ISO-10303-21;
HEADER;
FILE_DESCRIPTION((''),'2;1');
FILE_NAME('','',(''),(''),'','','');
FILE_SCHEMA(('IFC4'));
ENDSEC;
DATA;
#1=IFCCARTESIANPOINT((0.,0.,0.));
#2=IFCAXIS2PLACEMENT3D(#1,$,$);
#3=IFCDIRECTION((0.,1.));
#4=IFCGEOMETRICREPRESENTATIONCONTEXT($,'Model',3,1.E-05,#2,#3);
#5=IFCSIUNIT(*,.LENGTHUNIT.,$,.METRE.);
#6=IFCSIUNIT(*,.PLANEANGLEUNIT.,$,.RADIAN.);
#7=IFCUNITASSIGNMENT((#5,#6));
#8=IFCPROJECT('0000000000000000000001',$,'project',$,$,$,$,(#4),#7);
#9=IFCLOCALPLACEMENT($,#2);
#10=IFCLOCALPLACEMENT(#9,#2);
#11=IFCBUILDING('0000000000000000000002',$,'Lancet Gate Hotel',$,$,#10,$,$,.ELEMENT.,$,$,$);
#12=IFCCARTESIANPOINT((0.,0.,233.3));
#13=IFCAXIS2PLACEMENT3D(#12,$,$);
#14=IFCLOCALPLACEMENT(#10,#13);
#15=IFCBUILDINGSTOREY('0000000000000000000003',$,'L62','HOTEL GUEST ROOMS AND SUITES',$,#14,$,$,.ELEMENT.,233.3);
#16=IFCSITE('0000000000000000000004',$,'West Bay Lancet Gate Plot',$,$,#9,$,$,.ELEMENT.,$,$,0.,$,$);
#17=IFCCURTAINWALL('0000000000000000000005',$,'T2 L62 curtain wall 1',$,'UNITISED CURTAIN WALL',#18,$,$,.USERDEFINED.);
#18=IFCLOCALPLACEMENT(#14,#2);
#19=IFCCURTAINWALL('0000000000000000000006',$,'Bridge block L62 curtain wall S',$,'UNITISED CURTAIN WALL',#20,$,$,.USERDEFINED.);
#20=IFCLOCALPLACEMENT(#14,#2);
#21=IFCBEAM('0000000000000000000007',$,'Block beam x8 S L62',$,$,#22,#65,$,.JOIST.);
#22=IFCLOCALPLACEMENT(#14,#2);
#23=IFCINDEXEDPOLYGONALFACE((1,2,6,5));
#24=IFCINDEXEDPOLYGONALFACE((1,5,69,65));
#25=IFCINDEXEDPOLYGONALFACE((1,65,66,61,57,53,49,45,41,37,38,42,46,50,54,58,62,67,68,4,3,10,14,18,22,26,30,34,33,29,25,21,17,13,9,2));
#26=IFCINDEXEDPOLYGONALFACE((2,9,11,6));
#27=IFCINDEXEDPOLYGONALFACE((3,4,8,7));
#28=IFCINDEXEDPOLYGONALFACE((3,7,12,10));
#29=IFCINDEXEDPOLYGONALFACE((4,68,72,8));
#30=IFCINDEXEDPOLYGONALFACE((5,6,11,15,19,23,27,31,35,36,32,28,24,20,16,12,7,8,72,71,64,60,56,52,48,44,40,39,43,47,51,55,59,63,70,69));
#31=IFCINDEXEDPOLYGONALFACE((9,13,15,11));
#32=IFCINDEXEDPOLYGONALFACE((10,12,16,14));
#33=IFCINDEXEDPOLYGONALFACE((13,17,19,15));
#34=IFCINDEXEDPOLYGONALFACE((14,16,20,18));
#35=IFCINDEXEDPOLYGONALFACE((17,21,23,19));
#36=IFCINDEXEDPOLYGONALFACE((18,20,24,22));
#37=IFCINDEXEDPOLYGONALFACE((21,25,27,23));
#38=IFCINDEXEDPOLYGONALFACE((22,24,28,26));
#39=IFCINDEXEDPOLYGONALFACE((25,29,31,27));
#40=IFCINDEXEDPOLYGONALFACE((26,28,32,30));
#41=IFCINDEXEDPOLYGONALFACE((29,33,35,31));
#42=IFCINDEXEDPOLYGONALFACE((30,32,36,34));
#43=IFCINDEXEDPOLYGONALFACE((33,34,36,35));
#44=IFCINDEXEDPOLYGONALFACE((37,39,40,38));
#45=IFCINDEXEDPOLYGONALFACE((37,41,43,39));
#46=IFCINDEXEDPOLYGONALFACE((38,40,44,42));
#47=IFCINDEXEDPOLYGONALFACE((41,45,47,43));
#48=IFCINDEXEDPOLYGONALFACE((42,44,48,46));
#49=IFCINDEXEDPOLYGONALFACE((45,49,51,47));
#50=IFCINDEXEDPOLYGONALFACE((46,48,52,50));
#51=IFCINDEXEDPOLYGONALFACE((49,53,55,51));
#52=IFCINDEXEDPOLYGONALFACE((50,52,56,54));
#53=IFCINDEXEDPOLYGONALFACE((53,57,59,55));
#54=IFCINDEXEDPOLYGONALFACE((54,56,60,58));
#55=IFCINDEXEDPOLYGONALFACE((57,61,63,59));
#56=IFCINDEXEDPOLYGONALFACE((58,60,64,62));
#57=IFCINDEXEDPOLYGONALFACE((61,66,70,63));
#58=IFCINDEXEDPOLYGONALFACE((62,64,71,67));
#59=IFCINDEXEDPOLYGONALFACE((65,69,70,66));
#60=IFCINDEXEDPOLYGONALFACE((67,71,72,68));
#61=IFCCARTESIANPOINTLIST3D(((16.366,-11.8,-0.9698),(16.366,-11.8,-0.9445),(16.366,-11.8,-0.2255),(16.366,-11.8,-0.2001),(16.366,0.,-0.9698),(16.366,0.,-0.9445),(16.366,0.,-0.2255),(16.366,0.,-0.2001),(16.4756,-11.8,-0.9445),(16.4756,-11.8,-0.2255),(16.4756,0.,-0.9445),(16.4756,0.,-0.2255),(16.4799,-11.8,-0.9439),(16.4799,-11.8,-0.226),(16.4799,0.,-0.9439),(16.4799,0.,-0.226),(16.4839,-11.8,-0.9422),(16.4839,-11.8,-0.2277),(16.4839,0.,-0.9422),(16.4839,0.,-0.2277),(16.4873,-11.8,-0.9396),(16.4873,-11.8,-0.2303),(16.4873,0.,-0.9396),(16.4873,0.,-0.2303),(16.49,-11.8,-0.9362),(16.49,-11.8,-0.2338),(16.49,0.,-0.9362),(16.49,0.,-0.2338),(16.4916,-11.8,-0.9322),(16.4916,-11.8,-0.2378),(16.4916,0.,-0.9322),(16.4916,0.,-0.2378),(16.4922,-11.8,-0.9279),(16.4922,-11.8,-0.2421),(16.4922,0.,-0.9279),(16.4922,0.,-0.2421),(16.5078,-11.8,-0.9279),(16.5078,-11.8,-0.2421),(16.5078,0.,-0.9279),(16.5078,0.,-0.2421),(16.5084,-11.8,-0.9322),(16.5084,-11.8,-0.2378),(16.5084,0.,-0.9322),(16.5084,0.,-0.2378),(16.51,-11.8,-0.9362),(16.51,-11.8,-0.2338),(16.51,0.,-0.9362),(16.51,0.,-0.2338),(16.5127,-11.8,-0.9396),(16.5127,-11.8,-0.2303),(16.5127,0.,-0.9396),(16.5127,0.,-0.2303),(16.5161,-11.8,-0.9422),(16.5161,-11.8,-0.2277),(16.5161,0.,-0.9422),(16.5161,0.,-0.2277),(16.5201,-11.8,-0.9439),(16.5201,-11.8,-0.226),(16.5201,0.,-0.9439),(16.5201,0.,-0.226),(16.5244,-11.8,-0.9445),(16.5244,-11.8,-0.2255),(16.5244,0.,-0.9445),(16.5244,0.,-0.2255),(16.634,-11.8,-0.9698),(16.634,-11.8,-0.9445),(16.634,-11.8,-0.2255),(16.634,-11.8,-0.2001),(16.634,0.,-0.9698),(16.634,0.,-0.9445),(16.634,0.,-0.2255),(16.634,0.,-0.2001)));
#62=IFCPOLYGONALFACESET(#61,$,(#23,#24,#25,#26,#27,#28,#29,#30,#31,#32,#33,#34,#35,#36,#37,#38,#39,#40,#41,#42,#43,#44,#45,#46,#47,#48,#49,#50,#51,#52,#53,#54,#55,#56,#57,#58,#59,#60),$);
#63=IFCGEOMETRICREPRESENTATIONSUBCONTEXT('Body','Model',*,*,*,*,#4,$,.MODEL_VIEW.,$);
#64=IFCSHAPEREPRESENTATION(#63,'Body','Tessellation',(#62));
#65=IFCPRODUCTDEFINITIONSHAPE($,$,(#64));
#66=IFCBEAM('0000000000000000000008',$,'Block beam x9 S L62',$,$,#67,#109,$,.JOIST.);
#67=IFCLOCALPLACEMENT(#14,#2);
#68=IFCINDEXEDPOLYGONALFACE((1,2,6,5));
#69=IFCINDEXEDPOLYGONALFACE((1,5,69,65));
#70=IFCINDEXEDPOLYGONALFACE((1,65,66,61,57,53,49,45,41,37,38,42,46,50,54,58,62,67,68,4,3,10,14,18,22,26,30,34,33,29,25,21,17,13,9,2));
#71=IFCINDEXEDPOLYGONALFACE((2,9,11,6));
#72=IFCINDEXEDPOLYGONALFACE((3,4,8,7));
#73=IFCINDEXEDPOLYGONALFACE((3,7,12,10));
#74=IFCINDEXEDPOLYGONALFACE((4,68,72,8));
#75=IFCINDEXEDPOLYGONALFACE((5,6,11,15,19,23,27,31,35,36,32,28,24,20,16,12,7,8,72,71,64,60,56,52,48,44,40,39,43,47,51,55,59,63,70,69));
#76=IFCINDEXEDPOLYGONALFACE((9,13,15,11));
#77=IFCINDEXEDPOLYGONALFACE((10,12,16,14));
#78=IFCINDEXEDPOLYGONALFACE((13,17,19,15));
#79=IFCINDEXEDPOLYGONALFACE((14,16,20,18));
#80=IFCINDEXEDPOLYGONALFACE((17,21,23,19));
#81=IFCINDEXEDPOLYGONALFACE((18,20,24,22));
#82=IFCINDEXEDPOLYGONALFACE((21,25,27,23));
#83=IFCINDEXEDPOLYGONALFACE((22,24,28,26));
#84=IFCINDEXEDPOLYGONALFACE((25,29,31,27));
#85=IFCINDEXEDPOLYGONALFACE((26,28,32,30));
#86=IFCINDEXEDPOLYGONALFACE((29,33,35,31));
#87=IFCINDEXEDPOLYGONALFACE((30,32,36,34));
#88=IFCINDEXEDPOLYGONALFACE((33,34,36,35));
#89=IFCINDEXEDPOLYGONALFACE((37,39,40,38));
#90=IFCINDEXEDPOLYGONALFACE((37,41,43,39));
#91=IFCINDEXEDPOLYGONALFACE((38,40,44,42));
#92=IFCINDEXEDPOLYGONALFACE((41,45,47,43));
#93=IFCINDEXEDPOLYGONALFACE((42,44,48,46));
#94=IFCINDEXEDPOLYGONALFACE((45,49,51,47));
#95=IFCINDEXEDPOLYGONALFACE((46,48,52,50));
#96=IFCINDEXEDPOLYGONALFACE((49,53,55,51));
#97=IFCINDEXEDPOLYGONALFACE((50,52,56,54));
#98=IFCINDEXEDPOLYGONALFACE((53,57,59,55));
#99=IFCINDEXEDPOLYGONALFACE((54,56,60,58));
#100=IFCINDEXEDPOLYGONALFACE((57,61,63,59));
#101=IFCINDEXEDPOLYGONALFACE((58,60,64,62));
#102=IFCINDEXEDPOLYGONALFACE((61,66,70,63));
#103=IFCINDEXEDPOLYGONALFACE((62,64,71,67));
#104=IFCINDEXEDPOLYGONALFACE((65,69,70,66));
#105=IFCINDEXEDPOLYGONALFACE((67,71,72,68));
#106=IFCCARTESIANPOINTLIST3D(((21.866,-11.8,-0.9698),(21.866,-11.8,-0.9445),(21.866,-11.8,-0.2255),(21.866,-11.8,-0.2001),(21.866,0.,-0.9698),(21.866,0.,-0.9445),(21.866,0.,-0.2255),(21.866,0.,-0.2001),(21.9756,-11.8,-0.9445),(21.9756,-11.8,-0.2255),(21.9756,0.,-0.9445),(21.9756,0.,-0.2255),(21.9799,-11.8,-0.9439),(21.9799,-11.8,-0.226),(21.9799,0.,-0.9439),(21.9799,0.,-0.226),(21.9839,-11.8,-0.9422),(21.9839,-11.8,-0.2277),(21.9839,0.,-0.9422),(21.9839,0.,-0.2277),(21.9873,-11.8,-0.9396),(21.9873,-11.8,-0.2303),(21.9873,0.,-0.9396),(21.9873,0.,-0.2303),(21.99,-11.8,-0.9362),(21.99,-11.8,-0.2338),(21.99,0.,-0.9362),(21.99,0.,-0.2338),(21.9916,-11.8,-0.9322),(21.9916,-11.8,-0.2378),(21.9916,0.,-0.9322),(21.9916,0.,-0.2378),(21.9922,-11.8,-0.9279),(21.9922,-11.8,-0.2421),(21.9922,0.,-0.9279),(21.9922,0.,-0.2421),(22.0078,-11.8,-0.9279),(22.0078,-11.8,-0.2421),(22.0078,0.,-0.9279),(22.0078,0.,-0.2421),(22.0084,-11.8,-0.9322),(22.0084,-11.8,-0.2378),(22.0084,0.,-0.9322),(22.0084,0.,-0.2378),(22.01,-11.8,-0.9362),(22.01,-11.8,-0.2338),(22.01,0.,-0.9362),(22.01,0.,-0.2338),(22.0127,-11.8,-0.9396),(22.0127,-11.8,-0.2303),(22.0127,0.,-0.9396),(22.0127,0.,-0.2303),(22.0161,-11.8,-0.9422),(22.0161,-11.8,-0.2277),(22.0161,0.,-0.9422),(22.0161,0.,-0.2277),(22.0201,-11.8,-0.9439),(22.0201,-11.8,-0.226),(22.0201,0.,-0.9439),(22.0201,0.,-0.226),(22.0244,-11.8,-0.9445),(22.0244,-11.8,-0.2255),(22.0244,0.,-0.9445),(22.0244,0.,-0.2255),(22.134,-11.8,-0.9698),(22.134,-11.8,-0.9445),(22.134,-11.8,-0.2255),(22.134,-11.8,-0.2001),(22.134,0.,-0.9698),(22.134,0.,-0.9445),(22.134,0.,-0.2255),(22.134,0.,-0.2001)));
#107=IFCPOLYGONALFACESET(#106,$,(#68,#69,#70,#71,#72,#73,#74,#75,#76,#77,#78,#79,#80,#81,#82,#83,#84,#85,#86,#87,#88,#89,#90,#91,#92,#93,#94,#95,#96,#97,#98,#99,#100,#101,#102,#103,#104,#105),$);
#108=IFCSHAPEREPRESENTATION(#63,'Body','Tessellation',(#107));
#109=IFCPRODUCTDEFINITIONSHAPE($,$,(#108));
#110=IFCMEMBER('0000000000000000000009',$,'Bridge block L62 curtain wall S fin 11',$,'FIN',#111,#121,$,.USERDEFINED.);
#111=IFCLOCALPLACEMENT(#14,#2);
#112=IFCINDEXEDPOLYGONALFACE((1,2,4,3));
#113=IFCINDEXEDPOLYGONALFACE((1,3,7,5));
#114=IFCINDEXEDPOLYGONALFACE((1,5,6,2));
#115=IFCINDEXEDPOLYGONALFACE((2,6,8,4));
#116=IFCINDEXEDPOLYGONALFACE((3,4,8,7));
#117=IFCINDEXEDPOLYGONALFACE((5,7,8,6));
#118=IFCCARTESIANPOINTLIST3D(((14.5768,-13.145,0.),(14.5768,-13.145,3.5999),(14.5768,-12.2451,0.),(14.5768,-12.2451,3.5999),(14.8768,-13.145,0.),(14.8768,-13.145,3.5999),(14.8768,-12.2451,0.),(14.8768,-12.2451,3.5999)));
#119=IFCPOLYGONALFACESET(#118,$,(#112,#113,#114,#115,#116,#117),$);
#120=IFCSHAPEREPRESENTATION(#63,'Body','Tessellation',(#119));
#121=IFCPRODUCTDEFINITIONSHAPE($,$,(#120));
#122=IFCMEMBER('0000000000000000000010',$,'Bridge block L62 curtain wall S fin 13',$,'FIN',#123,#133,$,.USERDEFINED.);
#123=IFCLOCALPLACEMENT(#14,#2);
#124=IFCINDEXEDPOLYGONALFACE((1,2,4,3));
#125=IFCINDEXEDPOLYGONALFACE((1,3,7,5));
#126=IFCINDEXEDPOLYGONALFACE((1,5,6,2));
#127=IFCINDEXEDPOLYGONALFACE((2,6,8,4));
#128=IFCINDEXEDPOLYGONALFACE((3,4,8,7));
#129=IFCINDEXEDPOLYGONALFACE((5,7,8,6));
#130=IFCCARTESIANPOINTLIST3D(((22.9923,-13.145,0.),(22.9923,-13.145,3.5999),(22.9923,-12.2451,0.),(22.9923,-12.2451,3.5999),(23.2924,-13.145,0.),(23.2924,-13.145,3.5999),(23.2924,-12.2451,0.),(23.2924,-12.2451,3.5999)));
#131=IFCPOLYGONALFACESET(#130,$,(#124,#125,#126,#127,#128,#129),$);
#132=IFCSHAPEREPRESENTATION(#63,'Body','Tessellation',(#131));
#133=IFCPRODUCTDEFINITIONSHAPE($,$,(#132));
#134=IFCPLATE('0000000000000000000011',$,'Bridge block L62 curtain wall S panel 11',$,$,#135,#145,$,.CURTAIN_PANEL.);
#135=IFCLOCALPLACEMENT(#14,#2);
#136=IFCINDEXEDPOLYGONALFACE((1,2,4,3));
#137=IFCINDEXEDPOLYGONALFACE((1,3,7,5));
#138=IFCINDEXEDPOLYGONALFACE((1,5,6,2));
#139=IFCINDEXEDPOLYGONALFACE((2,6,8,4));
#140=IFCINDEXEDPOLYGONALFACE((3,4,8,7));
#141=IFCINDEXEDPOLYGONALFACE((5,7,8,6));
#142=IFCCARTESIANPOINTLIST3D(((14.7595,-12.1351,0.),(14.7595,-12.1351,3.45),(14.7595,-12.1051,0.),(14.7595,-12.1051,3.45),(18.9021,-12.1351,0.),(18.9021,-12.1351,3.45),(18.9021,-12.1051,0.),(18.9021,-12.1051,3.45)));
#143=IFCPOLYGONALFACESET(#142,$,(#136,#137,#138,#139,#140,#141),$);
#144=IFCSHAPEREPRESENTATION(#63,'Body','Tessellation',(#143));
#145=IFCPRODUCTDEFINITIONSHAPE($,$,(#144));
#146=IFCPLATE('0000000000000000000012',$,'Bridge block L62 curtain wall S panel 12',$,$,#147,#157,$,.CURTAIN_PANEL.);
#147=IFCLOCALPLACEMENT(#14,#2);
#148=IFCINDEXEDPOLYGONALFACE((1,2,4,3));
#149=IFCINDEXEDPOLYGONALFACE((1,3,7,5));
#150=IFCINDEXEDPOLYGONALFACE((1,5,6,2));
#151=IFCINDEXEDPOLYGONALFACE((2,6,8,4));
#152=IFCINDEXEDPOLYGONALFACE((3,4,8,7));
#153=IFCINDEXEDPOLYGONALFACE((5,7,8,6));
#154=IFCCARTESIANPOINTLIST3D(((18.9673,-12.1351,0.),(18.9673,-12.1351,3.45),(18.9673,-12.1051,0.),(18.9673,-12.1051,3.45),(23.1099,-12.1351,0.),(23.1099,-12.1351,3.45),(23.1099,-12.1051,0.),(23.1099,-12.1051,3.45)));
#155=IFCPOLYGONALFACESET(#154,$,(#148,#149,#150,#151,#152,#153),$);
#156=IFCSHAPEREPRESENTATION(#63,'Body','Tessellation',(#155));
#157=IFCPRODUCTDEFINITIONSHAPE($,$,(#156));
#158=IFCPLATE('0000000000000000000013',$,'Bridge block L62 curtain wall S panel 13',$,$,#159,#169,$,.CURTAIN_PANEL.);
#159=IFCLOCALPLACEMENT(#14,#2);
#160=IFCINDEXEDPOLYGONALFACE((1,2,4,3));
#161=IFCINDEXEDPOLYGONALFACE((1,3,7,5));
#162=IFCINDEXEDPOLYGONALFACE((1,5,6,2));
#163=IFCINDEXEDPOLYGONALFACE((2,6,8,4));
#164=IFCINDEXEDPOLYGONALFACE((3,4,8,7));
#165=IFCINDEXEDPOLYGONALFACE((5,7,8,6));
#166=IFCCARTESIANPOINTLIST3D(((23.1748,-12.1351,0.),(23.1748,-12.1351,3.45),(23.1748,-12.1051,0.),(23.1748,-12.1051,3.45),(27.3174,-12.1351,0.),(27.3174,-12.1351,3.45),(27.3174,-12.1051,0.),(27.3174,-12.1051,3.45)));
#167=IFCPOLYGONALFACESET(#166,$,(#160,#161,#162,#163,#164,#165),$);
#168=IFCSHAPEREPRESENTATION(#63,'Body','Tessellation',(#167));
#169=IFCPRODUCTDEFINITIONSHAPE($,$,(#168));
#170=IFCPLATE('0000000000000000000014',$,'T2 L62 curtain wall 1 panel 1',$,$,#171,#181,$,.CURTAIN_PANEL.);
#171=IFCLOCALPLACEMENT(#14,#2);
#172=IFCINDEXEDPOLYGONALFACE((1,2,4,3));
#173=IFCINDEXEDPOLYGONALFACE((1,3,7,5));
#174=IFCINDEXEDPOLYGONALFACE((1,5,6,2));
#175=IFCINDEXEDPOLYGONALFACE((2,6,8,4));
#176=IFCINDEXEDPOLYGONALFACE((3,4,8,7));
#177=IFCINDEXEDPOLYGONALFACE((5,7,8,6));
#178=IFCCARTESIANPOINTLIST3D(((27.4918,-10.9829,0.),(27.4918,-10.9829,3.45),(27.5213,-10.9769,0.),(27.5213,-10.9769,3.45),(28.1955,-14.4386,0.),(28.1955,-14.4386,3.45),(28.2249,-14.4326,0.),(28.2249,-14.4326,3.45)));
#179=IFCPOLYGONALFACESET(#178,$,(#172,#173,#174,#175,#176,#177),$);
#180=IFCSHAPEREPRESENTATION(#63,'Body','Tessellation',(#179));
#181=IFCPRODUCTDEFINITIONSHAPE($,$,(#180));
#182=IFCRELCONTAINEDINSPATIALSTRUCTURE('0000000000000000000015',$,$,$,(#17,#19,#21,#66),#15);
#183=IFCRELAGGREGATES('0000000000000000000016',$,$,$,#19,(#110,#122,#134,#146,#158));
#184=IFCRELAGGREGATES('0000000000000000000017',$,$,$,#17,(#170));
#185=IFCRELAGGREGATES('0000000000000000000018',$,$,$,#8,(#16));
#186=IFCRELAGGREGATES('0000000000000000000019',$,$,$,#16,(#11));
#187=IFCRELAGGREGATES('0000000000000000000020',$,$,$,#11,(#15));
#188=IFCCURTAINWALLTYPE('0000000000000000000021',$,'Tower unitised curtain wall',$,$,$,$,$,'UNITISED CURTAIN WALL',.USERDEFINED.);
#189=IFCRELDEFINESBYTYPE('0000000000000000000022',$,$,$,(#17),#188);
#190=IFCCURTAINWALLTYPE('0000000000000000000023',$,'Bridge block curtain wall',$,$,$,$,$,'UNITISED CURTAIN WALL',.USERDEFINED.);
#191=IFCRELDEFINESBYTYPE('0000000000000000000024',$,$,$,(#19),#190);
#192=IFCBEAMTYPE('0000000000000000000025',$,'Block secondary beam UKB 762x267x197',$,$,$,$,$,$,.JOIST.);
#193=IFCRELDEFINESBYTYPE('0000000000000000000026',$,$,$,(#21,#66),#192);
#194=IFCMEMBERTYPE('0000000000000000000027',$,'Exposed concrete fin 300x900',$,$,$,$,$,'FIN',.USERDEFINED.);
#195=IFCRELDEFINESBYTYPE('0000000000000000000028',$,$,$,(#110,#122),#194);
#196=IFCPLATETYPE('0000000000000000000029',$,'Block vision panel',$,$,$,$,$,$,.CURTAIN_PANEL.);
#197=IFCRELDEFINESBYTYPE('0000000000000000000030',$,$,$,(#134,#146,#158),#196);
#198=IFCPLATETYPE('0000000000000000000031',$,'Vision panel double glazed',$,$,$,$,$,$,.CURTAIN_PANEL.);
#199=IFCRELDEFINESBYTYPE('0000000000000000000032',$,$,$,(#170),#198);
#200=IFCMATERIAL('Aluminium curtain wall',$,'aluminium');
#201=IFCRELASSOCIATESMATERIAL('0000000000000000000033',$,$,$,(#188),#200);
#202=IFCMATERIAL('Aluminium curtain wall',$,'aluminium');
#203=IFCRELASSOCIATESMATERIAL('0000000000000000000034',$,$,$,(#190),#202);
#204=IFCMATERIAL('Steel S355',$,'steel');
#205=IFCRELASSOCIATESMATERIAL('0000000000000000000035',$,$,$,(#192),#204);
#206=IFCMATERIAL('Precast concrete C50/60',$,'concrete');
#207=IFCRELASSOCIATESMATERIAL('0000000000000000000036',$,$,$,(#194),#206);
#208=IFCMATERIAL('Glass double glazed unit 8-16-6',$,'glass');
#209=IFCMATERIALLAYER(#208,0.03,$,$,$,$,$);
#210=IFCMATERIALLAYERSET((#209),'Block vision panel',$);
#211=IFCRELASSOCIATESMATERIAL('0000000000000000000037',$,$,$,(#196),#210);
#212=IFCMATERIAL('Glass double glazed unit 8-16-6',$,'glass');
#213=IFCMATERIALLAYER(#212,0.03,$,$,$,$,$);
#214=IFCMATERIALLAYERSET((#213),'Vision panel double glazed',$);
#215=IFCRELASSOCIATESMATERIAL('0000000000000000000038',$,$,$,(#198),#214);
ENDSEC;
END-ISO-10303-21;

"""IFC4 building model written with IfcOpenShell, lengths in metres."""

from ifc_helpers import new_model, si_unit, direction, frame, origin, origin_2d, place, context, subcontext, project, spatial, rectangle, i_section, extrude, material, layer, layer_set, material_profile, profile_set, type_object, element, aggregate, save


model = new_model("IFC4")

# Units and contexts
model_context = context("Model", 3, precision=1e-05, world=origin(), true_north=direction((0.0, 1.0)))
body_context = subcontext(model_context, "Body", "Model", "MODEL_VIEW")
ifc_project = project(units=[si_unit("LENGTHUNIT", "METRE"), si_unit("PLANEANGLEUNIT", "RADIAN")], contexts=[model_context])

# Site, building, storey
site_placement = place(None, origin())
site = spatial("IfcSite", under=ifc_project, at=site_placement, Name="West Bay Lancet Gate Plot", CompositionType="ELEMENT", RefElevation=0.0)
building_placement = place(site_placement, origin())
building = spatial("IfcBuilding", under=site, at=building_placement, Name="Lancet Gate Hotel", CompositionType="ELEMENT")
storey_placement = place(building_placement, frame((0.0, 0.0, 233.3)))
storey = spatial("IfcBuildingStorey", under=building, at=storey_placement, Name="L62", Description="HOTEL GUEST ROOMS AND SUITES", CompositionType="ELEMENT", Elevation=233.3)

# Curtain wall
ifc_material_1 = material(Name="Aluminium curtain wall", Category="aluminium")
curtain_wall_type_1 = type_object("IfcCurtainWallType", Name="Tower unitised curtain wall", ElementType="UNITISED CURTAIN WALL", PredefinedType="USERDEFINED", material=ifc_material_1)
curtain_wall_1_placement = place(storey_placement, origin())
curtain_wall_1 = element("IfcCurtainWall", 1, at=curtain_wall_1_placement, inside=storey, type_object=curtain_wall_type_1, Name="T2 L62 curtain wall 1", ObjectType="UNITISED CURTAIN WALL", PredefinedType="USERDEFINED")

# Curtain wall
ifc_material_2 = material(Name="Aluminium curtain wall", Category="aluminium")
curtain_wall_type_2 = type_object("IfcCurtainWallType", Name="Bridge block curtain wall", ElementType="UNITISED CURTAIN WALL", PredefinedType="USERDEFINED", material=ifc_material_2)
curtain_wall_2_placement = place(storey_placement, origin())
curtain_wall_2 = element("IfcCurtainWall", 2, at=curtain_wall_2_placement, inside=storey, type_object=curtain_wall_type_2, Name="Bridge block L62 curtain wall S", ObjectType="UNITISED CURTAIN WALL", PredefinedType="USERDEFINED")

# Beams
ifc_material_3 = material(Name="Steel S355", Category="steel")
ifc_material_profile_1 = material_profile(ifc_material_3, i_section(OverallWidth=0.2681, OverallDepth=0.7698, WebThickness=0.0156, FlangeThickness=0.0254, FilletRadius=0.0166, at=origin_2d()), Name="UKB 762x267x197")
ifc_profile_set_1 = profile_set([ifc_material_profile_1], Name="Steel S355")
beam_type_1 = type_object("IfcBeamType", Name="Block secondary beam UKB 762x267x197", PredefinedType="JOIST", material=ifc_profile_set_1)
for number, where, z_axis, x_axis, name in (
    (3, (16.5, -11.8, -0.585), (0.0, 1.0, 0.0), (-1.0, 0.0, 0.0), "Block beam x8 S L62"),
    (4, (22.0, -11.8, -0.585), (0.0, 1.0, 0.0), (-1.0, 0.0, 0.0), "Block beam x9 S L62"),
):
    element("IfcBeam", number, at=place(storey_placement, frame(where, z_axis=z_axis, x_axis=x_axis)), inside=storey, type_object=beam_type_1, Name=name, PredefinedType="JOIST", context=body_context, shape_type="SweptSolid", body=[
        extrude(i_section(OverallWidth=0.2681, OverallDepth=0.7698, WebThickness=0.0156, FlangeThickness=0.0254, FilletRadius=0.0166, at=origin_2d()), origin(), (0.0, 0.0, 1.0), 11.8),
    ])

# Members
ifc_material_4 = material(Name="Precast concrete C50/60", Category="concrete")
ifc_material_profile_2 = material_profile(ifc_material_4, rectangle(XDim=0.3, YDim=0.8999, at=origin_2d()), Name="FIN 300x900")
ifc_profile_set_2 = profile_set([ifc_material_profile_2], Name="Precast concrete C50/60")
member_type_1 = type_object("IfcMemberType", Name="Exposed concrete fin 300x900", ElementType="FIN", PredefinedType="USERDEFINED", material=ifc_profile_set_2)
member_1_placement = place(storey_placement, frame((14.7268, -12.6951, 0.0), z_axis=(0.0, 0.0, 1.0), x_axis=(1.0, 0.0, 0.0)))
member_1 = element("IfcMember", 5, at=member_1_placement, type_object=member_type_1, Name="Bridge block L62 curtain wall S fin 11", ObjectType="FIN", PredefinedType="USERDEFINED", context=body_context, shape_type="SweptSolid", body=[
    extrude(rectangle(XDim=0.3, YDim=0.8999, at=origin_2d()), origin(), (0.0, 0.0, 1.0), 3.5999),
])
member_2_placement = place(storey_placement, frame((23.1423, -12.6951, 0.0), z_axis=(0.0, 0.0, 1.0), x_axis=(1.0, 0.0, 0.0)))
member_2 = element("IfcMember", 6, at=member_2_placement, type_object=member_type_1, Name="Bridge block L62 curtain wall S fin 13", ObjectType="FIN", PredefinedType="USERDEFINED", context=body_context, shape_type="SweptSolid", body=[
    extrude(rectangle(XDim=0.3, YDim=0.8999, at=origin_2d()), origin(), (0.0, 0.0, 1.0), 3.5999),
])

# Plates
ifc_material_5 = material(Name="Glass double glazed unit 8-16-6", Category="glass")
ifc_layer_1 = layer(ifc_material_5, 0.03)
ifc_layer_set_1 = layer_set([ifc_layer_1], Name="Block vision panel")
plate_type_1 = type_object("IfcPlateType", Name="Block vision panel", PredefinedType="CURTAIN_PANEL", material=ifc_layer_set_1)
plate_1_placement = place(storey_placement, frame((16.8308, -12.1201, 0.0), z_axis=(0.0, 0.0, 1.0), x_axis=(1.0, 0.0, 0.0)))
plate_1 = element("IfcPlate", 7, at=plate_1_placement, type_object=plate_type_1, Name="Bridge block L62 curtain wall S panel 11", PredefinedType="CURTAIN_PANEL", context=body_context, shape_type="SweptSolid", body=[
    extrude(rectangle(XDim=4.1426, YDim=0.03, at=origin_2d()), origin(), (0.0, 0.0, 1.0), 3.45),
])
plate_2_placement = place(storey_placement, frame((21.0386, -12.1201, 0.0), z_axis=(0.0, 0.0, 1.0), x_axis=(1.0, 0.0, 0.0)))
plate_2 = element("IfcPlate", 8, at=plate_2_placement, type_object=plate_type_1, Name="Bridge block L62 curtain wall S panel 12", PredefinedType="CURTAIN_PANEL", context=body_context, shape_type="SweptSolid", body=[
    extrude(rectangle(XDim=4.1426, YDim=0.03, at=origin_2d()), origin(), (0.0, 0.0, 1.0), 3.45),
])
plate_3_placement = place(storey_placement, frame((25.2461, -12.1201, 0.0), z_axis=(0.0, 0.0, 1.0), x_axis=(1.0, 0.0, 0.0)))
plate_3 = element("IfcPlate", 9, at=plate_3_placement, type_object=plate_type_1, Name="Bridge block L62 curtain wall S panel 13", PredefinedType="CURTAIN_PANEL", context=body_context, shape_type="SweptSolid", body=[
    extrude(rectangle(XDim=4.1426, YDim=0.03, at=origin_2d()), origin(), (0.0, 0.0, 1.0), 3.45),
])
aggregate(curtain_wall_2, [member_1, member_2, plate_1, plate_2, plate_3])
ifc_material_6 = material(Name="Glass double glazed unit 8-16-6", Category="glass")
ifc_layer_2 = layer(ifc_material_6, 0.03)
ifc_layer_set_2 = layer_set([ifc_layer_2], Name="Vision panel double glazed")
plate_type_2 = type_object("IfcPlateType", Name="Vision panel double glazed", PredefinedType="CURTAIN_PANEL", material=ifc_layer_set_2)
plate_4_placement = place(storey_placement, frame((27.8584, -12.7078, 0.0), z_axis=(0.0, 0.0, 1.0), x_axis=(0.199533, -0.979891, 0.0)))
plate_4 = element("IfcPlate", 10, at=plate_4_placement, type_object=plate_type_2, Name="T2 L62 curtain wall 1 panel 1", PredefinedType="CURTAIN_PANEL", context=body_context, shape_type="SweptSolid", body=[
    extrude(rectangle(XDim=3.5266, YDim=0.03, at=origin_2d()), origin(), (0.0, 0.0, 1.0), 3.45),
])
aggregate(curtain_wall_1, [plate_4])

save(model, "model.ifc")
